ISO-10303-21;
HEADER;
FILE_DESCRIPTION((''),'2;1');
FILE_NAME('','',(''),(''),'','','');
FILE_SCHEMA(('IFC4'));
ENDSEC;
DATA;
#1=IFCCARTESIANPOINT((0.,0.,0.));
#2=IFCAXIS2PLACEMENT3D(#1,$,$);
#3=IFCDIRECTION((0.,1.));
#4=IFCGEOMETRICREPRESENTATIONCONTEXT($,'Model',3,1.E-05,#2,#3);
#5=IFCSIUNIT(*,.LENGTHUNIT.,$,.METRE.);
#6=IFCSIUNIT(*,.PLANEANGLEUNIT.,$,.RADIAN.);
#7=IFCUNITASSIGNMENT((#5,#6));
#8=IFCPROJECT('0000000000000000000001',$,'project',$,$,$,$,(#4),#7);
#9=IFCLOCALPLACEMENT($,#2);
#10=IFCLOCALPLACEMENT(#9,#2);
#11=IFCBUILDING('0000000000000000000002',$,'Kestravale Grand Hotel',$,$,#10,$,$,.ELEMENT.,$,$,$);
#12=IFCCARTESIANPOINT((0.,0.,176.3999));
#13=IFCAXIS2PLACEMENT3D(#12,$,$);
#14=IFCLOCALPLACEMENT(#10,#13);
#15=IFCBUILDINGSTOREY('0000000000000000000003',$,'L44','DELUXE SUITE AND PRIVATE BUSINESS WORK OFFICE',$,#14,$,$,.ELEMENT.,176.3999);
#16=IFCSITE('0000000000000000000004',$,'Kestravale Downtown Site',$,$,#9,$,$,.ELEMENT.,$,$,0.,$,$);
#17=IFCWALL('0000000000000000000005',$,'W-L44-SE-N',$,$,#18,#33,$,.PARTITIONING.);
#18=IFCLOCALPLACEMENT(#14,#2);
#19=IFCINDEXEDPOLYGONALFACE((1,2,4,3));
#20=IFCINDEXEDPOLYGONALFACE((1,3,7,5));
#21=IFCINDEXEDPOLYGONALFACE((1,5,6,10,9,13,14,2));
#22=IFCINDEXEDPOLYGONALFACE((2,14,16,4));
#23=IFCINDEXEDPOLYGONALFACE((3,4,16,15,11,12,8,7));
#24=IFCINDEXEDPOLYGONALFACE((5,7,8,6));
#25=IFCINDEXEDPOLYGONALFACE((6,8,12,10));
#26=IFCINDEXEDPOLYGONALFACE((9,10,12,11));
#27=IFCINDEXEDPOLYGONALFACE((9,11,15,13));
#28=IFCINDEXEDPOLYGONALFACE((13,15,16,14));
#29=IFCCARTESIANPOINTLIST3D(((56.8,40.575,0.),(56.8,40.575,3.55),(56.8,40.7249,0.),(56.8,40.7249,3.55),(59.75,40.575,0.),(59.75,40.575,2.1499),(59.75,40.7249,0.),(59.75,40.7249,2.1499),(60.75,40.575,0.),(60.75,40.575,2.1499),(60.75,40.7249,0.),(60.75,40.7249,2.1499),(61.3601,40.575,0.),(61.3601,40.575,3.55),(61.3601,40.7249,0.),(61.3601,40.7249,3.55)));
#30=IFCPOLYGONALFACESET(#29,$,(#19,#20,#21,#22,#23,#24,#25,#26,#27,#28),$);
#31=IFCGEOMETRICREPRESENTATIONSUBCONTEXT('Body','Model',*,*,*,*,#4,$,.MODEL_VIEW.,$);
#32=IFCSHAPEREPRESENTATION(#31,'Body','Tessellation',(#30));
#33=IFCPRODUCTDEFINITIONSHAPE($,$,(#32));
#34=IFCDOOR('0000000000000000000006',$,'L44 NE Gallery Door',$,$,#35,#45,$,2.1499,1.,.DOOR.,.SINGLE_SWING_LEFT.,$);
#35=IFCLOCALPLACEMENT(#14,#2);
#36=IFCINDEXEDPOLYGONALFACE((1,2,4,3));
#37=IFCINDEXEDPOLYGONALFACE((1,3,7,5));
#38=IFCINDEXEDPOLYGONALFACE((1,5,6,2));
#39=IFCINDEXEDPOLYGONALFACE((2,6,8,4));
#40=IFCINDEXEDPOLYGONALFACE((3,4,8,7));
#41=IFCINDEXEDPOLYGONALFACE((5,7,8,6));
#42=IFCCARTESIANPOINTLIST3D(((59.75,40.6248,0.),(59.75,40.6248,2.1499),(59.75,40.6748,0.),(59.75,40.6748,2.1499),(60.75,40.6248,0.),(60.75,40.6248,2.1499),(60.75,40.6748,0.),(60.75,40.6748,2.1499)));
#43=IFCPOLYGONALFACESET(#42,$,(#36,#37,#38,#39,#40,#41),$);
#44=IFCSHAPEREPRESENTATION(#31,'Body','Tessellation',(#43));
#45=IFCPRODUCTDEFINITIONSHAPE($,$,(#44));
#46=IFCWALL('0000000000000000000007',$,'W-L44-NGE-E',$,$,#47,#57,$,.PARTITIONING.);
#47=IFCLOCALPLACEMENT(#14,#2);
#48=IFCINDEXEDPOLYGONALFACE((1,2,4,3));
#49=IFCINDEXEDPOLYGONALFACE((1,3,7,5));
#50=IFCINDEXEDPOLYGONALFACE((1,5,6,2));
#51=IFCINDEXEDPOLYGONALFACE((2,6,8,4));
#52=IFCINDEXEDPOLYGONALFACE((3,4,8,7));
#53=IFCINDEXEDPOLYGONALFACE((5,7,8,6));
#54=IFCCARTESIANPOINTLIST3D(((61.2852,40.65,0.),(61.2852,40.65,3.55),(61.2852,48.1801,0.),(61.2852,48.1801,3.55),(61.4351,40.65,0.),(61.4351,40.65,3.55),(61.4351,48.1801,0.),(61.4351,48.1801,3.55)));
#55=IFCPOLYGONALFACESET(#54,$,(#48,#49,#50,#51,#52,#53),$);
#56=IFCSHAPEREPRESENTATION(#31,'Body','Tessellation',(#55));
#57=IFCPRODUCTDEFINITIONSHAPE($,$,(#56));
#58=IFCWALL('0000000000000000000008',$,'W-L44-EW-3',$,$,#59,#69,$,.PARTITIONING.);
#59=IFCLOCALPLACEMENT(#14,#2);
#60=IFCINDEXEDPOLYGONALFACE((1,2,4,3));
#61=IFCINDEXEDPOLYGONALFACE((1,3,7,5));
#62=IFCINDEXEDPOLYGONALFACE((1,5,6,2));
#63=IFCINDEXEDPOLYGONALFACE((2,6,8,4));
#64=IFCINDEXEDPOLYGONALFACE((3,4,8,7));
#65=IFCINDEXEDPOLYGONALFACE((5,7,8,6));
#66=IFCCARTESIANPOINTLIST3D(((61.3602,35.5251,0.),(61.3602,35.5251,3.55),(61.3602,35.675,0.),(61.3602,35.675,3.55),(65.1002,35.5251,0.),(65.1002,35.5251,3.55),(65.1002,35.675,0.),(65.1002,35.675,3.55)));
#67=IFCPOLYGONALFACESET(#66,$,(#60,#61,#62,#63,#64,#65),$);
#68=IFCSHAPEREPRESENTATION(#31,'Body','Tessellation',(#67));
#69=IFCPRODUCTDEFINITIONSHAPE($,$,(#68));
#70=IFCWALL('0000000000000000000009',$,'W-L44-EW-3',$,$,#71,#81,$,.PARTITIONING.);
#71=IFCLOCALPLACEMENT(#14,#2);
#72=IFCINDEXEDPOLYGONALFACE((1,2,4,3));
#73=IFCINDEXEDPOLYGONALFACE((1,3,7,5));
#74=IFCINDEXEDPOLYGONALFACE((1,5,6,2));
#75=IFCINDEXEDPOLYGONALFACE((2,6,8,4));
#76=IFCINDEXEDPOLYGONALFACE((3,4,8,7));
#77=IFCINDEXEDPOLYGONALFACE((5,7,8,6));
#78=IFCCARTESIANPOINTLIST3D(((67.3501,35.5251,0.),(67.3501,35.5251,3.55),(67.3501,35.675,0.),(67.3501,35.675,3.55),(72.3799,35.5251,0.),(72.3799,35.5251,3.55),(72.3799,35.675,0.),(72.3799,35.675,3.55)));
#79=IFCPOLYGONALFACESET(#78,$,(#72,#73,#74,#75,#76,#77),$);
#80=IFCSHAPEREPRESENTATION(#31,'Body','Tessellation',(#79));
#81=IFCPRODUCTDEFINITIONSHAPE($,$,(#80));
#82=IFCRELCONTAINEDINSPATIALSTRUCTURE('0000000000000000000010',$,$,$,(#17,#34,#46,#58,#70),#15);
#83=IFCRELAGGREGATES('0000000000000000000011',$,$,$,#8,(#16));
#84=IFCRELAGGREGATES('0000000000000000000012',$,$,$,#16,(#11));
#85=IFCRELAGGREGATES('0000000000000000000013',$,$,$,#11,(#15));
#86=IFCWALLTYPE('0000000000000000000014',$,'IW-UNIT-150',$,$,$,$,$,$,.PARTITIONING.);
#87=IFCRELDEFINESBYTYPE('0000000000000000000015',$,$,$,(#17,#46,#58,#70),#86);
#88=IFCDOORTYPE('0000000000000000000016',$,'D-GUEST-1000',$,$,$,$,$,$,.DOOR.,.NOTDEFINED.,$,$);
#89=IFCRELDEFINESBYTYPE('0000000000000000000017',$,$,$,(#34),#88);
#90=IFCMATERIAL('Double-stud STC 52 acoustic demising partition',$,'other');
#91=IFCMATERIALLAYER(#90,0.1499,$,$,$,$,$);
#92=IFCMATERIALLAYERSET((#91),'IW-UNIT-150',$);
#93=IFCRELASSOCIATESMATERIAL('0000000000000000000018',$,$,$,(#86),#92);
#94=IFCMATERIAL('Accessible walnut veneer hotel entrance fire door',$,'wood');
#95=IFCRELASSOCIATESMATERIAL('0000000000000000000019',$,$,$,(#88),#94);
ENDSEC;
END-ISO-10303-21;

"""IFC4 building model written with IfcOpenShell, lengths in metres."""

from ifc_helpers import new_model, si_unit, direction, frame, frame_2d, origin, place, context, subcontext, project, spatial, rectangle, extrude, material, layer, layer_set, type_object, element, fill, save


model = new_model("IFC4")

# Units and contexts
model_context = context("Model", 3, precision=1e-05, world=origin(), true_north=direction((0.0, 1.0)))
body_context = subcontext(model_context, "Body", "Model", "MODEL_VIEW")
ifc_project = project(units=[si_unit("LENGTHUNIT", "METRE"), si_unit("PLANEANGLEUNIT", "RADIAN")], contexts=[model_context])

# Site, building, storey
site_placement = place(None, origin())
site = spatial("IfcSite", under=ifc_project, at=site_placement, Name="Kestravale Downtown Site", CompositionType="ELEMENT", RefElevation=0.0)
building_placement = place(site_placement, origin())
building = spatial("IfcBuilding", under=site, at=building_placement, Name="Kestravale Grand Hotel", CompositionType="ELEMENT")
storey_placement = place(building_placement, frame((0.0, 0.0, 176.3999)))
storey = spatial("IfcBuildingStorey", under=building, at=storey_placement, Name="L44", Description="DELUXE SUITE AND PRIVATE BUSINESS WORK OFFICE", CompositionType="ELEMENT", Elevation=176.3999)

# Wall, opening, door
ifc_material_1 = material(Name="Double-stud STC 52 acoustic demising partition", Category="other")
ifc_layer_1 = layer(ifc_material_1, 0.1499)
ifc_layer_set_1 = layer_set([ifc_layer_1], Name="IW-UNIT-150")
wall_type_1 = type_object("IfcWallType", Name="IW-UNIT-150", PredefinedType="PARTITIONING", material=ifc_layer_set_1)
wall_1_placement = place(storey_placement, frame((56.8, 40.6499, 0.0), z_axis=(0.0, 0.0, 1.0), x_axis=(1.0, 0.0, 0.0)))
wall_1 = element("IfcWall", 1, at=wall_1_placement, inside=storey, type_object=wall_type_1, Name="W-L44-SE-N", PredefinedType="PARTITIONING", context=body_context, shape_type="SweptSolid", body=[
    extrude(rectangle(XDim=4.5601, YDim=0.1499, at=frame_2d((2.28, 0.0))), origin(), (0.0, 0.0, 1.0), 3.55),
])
opening_1_placement = place(wall_1_placement, frame((2.95, 0.0, 0.0)))
opening_1 = element("IfcOpeningElement", 2, at=opening_1_placement, cuts=wall_1, PredefinedType="OPENING", context=body_context, shape_type="SweptSolid", body=[
    extrude(rectangle(XDim=1.0, YDim=2.1499, at=frame_2d((0.5, 1.075))), frame((0.0, 0.085, 0.0), z_axis=(0.0, -1.0, 0.0), x_axis=(1.0, 0.0, 0.0)), (0.0, 0.0, 1.0), 0.1699),
])
ifc_material_2 = material(Name="Accessible walnut veneer hotel entrance fire door", Category="wood")
door_type_1 = type_object("IfcDoorType", Name="D-GUEST-1000", OperationType="NOTDEFINED", PredefinedType="DOOR", material=ifc_material_2)
door_1_placement = place(opening_1_placement, origin())
door_1 = element("IfcDoor", 3, at=door_1_placement, inside=storey, type_object=door_type_1, Name="L44 NE Gallery Door", OperationType="SINGLE_SWING_LEFT", OverallHeight=2.1499, OverallWidth=1.0, PredefinedType="DOOR", context=body_context, shape_type="SweptSolid", body=[
    extrude(rectangle(XDim=1.0, YDim=2.1499, at=frame_2d((0.5, 1.075))), frame((0.0, 0.0249, 0.0), z_axis=(0.0, -1.0, 0.0), x_axis=(1.0, 0.0, 0.0)), (0.0, 0.0, 1.0), 0.05),
])
fill(opening_1, door_1)

# Walls
wall_2_placement = place(storey_placement, frame((61.3601, 40.6499, 0.0), z_axis=(0.0, 0.0, 1.0), x_axis=(0.0, 1.0, 0.0)))
element("IfcWall", 4, at=wall_2_placement, inside=storey, type_object=wall_type_1, Name="W-L44-NGE-E", PredefinedType="PARTITIONING", context=body_context, shape_type="SweptSolid", body=[
    extrude(rectangle(XDim=7.53, YDim=0.1499, at=frame_2d((3.7651, 0.0))), origin(), (0.0, 0.0, 1.0), 3.55),
])
wall_3_placement = place(storey_placement, frame((61.3601, 35.6001, 0.0), z_axis=(0.0, 0.0, 1.0), x_axis=(1.0, 0.0, 0.0)))
element("IfcWall", 5, at=wall_3_placement, inside=storey, type_object=wall_type_1, Name="W-L44-EW-3", PredefinedType="PARTITIONING", context=body_context, shape_type="SweptSolid", body=[
    extrude(rectangle(XDim=3.74, YDim=0.1499, at=frame_2d((1.8701, 0.0))), origin(), (0.0, 0.0, 1.0), 3.55),
])
wall_4_placement = place(storey_placement, frame((67.3501, 35.6001, 0.0), z_axis=(0.0, 0.0, 1.0), x_axis=(1.0, 0.0, 0.0)))
element("IfcWall", 6, at=wall_4_placement, inside=storey, type_object=wall_type_1, Name="W-L44-EW-3", PredefinedType="PARTITIONING", context=body_context, shape_type="SweptSolid", body=[
    extrude(rectangle(XDim=5.0298, YDim=0.1499, at=frame_2d((2.5149, 0.0))), origin(), (0.0, 0.0, 1.0), 3.55),
])

save(model, "model.ifc")
